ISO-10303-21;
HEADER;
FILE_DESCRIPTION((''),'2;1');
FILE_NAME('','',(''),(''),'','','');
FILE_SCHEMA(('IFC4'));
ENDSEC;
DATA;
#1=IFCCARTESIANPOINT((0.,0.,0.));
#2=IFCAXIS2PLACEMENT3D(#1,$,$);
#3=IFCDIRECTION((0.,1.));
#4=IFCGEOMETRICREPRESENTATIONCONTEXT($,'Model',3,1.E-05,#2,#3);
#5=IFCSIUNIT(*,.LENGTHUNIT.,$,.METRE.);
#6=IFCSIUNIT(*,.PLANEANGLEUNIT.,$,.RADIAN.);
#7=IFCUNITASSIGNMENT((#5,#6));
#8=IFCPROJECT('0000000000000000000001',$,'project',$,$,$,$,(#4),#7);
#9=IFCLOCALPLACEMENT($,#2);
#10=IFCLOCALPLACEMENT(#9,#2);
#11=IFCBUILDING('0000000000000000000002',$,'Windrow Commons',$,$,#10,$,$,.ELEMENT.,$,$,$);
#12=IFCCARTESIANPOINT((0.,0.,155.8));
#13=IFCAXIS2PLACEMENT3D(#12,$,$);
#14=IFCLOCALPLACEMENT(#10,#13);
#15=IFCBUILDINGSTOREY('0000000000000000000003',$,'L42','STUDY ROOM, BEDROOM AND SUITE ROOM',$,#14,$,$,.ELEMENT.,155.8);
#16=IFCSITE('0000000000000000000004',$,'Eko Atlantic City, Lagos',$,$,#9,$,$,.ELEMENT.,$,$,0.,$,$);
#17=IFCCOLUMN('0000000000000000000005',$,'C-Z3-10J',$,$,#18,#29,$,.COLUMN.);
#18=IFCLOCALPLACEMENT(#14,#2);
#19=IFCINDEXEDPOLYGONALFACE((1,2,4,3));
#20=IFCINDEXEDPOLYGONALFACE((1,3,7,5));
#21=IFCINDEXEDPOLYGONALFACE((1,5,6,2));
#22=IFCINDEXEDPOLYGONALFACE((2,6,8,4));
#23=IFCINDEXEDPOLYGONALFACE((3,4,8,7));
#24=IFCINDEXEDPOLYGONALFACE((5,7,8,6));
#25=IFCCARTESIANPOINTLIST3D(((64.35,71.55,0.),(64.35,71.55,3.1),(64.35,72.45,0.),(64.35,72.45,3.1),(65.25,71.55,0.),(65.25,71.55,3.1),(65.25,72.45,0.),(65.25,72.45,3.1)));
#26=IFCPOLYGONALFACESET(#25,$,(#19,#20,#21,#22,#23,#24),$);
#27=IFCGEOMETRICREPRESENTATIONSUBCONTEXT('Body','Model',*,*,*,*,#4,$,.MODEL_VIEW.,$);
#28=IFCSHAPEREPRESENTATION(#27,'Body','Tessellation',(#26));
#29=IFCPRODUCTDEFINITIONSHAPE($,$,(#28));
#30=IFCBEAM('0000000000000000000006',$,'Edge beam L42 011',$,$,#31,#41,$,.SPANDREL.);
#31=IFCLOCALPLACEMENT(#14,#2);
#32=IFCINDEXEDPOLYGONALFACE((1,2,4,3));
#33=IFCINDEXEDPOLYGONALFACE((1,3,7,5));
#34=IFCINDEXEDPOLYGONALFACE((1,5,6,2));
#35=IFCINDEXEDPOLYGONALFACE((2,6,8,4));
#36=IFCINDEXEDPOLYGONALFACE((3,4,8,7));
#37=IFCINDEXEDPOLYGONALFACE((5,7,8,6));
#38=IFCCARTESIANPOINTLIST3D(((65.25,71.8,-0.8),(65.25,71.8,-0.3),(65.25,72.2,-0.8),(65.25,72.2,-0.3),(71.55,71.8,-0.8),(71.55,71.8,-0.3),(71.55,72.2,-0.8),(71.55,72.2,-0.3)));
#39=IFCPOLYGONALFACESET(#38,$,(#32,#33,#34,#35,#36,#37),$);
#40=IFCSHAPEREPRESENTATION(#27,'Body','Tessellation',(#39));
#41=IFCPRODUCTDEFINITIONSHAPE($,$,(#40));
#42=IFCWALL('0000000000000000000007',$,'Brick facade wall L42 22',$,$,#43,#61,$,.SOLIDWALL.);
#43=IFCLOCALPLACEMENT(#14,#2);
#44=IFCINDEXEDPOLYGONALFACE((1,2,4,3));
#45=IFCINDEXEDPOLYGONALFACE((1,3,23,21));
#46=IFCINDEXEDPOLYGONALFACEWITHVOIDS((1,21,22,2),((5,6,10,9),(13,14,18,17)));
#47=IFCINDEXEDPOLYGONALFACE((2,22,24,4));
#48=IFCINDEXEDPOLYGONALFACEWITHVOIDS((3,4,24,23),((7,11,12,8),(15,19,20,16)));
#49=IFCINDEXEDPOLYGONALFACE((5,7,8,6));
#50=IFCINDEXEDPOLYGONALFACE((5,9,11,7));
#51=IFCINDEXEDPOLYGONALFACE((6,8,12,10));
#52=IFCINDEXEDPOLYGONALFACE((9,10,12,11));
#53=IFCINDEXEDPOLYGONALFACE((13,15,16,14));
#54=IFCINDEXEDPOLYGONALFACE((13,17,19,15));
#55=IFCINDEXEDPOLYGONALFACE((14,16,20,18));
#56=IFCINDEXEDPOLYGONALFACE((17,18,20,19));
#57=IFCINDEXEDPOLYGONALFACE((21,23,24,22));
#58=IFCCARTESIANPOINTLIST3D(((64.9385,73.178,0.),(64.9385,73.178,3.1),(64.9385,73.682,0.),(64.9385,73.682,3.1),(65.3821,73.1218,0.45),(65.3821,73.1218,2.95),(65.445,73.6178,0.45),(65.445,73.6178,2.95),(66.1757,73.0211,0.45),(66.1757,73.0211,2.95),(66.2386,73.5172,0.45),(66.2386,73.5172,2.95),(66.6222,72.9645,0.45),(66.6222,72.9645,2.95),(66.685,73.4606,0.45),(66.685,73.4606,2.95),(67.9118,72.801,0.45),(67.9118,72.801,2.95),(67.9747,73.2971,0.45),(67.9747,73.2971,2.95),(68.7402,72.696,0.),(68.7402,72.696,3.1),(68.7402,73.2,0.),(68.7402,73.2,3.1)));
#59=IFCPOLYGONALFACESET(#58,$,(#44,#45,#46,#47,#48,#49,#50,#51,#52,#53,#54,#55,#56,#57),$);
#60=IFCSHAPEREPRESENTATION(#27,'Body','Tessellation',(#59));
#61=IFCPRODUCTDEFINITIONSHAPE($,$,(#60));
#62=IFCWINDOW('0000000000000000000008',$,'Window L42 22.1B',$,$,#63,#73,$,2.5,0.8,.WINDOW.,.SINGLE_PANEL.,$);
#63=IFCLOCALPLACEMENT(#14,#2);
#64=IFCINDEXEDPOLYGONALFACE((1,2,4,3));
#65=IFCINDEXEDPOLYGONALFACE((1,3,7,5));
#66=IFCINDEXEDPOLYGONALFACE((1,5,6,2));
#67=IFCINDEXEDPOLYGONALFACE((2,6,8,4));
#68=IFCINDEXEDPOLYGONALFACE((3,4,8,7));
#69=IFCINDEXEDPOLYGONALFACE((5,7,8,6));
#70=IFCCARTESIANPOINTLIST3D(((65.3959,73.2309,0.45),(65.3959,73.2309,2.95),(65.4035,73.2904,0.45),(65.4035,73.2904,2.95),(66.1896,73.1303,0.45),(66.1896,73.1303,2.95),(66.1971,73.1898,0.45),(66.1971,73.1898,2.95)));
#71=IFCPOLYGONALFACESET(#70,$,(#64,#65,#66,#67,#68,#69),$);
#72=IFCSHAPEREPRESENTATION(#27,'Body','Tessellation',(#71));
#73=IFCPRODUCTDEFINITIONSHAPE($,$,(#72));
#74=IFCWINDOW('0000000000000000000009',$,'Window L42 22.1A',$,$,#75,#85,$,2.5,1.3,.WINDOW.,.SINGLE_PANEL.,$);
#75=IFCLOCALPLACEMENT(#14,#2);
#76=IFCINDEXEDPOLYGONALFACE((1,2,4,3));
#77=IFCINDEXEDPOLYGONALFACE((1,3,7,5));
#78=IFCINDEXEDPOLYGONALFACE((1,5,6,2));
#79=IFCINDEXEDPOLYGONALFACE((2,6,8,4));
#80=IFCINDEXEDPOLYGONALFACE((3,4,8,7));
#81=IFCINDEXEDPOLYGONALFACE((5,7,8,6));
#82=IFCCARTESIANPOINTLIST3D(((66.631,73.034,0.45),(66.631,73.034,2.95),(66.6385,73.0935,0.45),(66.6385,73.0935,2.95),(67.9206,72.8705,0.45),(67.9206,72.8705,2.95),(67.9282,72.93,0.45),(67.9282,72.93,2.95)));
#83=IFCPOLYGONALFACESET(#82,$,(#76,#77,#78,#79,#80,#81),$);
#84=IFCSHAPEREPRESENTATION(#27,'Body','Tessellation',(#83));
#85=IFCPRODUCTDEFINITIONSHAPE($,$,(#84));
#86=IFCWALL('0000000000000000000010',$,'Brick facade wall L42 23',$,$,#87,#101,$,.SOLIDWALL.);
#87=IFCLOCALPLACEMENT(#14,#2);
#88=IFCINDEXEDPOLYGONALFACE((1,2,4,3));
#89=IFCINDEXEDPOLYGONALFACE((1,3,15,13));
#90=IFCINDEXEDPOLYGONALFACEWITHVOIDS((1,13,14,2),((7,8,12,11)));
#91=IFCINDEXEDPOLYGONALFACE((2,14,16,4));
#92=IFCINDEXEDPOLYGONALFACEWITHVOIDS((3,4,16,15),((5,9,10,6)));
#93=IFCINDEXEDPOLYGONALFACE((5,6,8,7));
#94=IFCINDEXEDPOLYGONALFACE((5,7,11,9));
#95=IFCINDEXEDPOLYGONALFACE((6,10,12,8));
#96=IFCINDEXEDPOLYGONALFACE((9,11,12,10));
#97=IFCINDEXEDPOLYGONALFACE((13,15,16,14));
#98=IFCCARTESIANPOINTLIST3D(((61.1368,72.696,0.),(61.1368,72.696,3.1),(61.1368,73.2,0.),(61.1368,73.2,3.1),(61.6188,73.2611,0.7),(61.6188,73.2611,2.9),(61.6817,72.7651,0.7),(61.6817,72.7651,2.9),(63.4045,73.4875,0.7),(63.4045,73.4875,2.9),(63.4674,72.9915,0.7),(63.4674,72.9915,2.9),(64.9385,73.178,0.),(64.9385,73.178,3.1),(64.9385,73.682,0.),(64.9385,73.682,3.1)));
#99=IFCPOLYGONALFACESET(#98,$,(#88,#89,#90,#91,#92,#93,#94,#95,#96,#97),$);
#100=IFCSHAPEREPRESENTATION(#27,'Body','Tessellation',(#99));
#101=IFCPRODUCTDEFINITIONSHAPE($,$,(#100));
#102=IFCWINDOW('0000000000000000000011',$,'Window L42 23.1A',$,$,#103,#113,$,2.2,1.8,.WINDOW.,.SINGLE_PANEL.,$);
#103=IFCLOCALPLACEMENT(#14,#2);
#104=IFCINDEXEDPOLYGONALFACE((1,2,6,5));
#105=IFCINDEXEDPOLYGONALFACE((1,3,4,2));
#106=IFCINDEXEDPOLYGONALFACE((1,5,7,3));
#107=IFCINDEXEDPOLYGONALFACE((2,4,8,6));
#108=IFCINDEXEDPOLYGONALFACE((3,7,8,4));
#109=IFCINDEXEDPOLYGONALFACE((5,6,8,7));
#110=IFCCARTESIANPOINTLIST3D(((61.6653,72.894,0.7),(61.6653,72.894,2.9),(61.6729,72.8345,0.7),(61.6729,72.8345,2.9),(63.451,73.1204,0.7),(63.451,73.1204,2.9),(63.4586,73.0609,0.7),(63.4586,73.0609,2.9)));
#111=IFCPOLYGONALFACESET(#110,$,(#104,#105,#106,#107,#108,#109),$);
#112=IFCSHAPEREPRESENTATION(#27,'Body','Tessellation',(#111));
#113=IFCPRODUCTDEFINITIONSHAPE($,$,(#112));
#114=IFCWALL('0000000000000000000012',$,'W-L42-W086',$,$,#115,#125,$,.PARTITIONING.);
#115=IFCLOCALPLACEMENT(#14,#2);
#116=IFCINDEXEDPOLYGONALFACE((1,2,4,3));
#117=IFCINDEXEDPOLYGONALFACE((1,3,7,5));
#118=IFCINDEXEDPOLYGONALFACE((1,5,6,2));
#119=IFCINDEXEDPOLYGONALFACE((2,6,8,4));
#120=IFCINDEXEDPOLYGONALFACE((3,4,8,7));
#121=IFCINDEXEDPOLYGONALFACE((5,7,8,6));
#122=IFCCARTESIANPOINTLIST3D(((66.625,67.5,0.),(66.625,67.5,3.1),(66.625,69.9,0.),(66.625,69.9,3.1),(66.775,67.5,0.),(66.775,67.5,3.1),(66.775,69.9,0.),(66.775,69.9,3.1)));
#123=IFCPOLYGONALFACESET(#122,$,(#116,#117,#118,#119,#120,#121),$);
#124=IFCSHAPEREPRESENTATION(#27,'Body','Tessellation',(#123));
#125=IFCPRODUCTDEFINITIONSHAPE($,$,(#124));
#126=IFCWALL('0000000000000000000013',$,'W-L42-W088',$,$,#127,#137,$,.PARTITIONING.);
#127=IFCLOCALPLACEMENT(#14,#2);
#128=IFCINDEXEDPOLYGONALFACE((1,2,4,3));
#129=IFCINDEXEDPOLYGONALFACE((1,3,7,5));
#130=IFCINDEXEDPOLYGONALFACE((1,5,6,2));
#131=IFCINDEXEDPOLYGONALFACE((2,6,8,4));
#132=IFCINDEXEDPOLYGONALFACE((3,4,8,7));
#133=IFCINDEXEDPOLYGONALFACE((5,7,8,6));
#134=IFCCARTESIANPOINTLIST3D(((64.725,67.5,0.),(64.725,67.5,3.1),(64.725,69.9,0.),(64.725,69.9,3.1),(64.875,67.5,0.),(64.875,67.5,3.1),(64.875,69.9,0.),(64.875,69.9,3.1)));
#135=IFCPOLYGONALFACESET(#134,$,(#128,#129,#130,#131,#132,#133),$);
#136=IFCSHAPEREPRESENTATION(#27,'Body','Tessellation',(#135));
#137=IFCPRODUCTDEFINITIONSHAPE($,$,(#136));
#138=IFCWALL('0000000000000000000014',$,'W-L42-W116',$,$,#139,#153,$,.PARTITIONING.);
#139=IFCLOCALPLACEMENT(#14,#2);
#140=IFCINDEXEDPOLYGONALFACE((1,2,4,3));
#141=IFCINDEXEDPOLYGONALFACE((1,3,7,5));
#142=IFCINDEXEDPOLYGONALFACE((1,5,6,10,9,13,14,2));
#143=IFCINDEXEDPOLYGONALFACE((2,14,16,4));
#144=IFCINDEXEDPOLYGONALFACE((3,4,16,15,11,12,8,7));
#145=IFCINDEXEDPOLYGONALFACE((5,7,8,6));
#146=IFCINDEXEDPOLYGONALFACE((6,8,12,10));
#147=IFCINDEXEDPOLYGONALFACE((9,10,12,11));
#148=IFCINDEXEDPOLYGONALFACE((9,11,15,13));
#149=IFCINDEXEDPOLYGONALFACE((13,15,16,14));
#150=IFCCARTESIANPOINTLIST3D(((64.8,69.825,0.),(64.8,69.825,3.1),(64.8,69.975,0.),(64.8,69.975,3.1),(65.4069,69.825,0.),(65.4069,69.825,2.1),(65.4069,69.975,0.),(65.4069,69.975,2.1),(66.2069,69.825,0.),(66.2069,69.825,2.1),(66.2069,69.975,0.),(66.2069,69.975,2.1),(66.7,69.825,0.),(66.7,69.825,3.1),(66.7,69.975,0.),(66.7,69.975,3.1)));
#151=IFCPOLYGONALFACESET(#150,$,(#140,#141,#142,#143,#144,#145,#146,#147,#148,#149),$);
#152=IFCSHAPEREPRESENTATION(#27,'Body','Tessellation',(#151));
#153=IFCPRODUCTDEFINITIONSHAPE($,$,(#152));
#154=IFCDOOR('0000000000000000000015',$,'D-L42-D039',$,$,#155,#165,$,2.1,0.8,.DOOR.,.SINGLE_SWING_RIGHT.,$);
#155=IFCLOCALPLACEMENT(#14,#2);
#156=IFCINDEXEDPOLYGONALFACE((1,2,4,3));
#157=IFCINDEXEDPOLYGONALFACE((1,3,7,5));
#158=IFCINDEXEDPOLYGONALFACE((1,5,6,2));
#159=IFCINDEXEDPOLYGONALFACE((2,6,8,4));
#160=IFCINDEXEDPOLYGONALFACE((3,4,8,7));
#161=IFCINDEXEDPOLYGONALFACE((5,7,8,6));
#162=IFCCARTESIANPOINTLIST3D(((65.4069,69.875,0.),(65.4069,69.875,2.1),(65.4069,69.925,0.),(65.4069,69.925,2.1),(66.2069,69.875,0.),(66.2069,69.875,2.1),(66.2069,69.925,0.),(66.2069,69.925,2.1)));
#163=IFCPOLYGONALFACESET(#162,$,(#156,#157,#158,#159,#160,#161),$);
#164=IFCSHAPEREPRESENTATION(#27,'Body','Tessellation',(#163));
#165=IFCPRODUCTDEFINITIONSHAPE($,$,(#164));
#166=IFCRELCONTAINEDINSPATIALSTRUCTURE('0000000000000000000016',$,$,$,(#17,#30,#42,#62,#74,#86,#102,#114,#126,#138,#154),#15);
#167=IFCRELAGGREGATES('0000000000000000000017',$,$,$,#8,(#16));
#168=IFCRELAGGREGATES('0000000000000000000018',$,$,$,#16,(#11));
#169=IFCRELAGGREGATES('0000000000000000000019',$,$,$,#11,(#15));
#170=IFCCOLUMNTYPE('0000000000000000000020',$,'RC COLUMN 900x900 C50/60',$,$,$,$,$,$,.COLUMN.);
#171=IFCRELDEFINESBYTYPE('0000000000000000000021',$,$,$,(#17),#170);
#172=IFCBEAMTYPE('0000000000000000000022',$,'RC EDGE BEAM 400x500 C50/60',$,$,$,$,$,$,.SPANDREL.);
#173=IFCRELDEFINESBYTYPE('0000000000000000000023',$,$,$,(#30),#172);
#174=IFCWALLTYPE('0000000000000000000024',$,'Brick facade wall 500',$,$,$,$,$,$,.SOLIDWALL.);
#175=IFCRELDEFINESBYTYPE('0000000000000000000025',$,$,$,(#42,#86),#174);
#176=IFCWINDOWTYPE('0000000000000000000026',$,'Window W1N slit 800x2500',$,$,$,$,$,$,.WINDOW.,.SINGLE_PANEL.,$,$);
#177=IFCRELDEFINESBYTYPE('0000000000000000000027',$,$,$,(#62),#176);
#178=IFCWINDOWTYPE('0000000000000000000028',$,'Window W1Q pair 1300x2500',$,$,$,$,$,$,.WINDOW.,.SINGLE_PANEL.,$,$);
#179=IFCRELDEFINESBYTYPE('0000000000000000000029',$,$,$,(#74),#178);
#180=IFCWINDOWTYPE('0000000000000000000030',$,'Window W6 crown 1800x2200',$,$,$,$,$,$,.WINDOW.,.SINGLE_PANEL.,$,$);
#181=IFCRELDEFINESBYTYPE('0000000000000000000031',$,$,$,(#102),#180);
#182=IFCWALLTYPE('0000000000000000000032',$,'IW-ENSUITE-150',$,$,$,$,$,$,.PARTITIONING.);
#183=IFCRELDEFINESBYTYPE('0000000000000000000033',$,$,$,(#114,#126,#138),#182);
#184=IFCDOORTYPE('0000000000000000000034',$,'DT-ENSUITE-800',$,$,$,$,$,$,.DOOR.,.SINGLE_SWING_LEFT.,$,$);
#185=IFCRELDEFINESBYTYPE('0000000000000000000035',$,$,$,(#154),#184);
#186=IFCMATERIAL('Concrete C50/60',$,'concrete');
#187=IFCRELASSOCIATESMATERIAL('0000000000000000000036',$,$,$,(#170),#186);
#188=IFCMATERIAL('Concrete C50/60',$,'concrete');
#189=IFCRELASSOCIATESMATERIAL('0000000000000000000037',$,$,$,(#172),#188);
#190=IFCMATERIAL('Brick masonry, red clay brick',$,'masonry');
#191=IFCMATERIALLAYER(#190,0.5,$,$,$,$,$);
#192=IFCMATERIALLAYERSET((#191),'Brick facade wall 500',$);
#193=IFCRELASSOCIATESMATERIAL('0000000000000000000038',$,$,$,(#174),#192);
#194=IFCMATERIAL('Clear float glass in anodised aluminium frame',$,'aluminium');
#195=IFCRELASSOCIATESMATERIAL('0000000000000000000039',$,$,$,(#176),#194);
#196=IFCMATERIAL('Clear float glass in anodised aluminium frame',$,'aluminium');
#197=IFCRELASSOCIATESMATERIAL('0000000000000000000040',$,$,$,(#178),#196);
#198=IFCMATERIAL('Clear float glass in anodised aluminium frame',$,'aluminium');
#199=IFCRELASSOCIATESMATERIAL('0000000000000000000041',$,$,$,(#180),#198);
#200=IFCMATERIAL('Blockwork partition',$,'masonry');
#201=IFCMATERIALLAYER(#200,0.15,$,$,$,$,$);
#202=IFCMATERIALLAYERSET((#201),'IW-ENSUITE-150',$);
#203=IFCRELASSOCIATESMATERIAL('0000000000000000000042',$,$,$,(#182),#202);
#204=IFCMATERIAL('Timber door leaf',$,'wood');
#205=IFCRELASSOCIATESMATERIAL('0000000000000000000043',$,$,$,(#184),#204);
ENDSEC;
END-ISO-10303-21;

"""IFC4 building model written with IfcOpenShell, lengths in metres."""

from ifc_helpers import new_model, si_unit, direction, frame, frame_2d, origin, origin_2d, place, context, subcontext, project, spatial, polyline, rectangle, outline, extrude, material, layer, layer_set, material_profile, profile_set, type_object, element, fill, save


model = new_model("IFC4")

# Units and contexts
model_context = context("Model", 3, precision=1e-05, world=origin(), true_north=direction((0.0, 1.0)))
body_context = subcontext(model_context, "Body", "Model", "MODEL_VIEW")
ifc_project = project(units=[si_unit("LENGTHUNIT", "METRE"), si_unit("PLANEANGLEUNIT", "RADIAN")], contexts=[model_context])

# Site, building, storey
site_placement = place(None, origin())
site = spatial("IfcSite", under=ifc_project, at=site_placement, Name="Eko Atlantic City, Lagos", CompositionType="ELEMENT", RefElevation=0.0)
building_placement = place(site_placement, origin())
building = spatial("IfcBuilding", under=site, at=building_placement, Name="Windrow Commons", CompositionType="ELEMENT")
storey_placement = place(building_placement, frame((0.0, 0.0, 155.8)))
storey = spatial("IfcBuildingStorey", under=building, at=storey_placement, Name="L42", Description="STUDY ROOM, BEDROOM AND SUITE ROOM", CompositionType="ELEMENT", Elevation=155.8)

# Column
ifc_material_1 = material(Name="Concrete C50/60", Category="concrete")
ifc_material_profile_1 = material_profile(ifc_material_1, rectangle(XDim=0.9, YDim=0.9, at=origin_2d()))
ifc_profile_set_1 = profile_set([ifc_material_profile_1], Name="Concrete C50/60")
column_type = type_object("IfcColumnType", Name="RC COLUMN 900x900 C50/60", PredefinedType="COLUMN", material=ifc_profile_set_1)
column_placement = place(storey_placement, frame((64.8, 72.0, 0.0), z_axis=(0.0, 0.0, 1.0), x_axis=(1.0, 0.0, 0.0)))
element("IfcColumn", 1, at=column_placement, inside=storey, type_object=column_type, Name="C-Z3-10J", PredefinedType="COLUMN", context=body_context, shape_type="SweptSolid", body=[
    extrude(rectangle(XDim=0.9, YDim=0.9, at=origin_2d()), origin(), (0.0, 0.0, 1.0), 3.1),
])

# Beam
ifc_material_2 = material(Name="Concrete C50/60", Category="concrete")
ifc_material_profile_2 = material_profile(ifc_material_2, rectangle(XDim=0.4, YDim=0.5, at=origin_2d()))
ifc_profile_set_2 = profile_set([ifc_material_profile_2], Name="Concrete C50/60")
beam_type = type_object("IfcBeamType", Name="RC EDGE BEAM 400x500 C50/60", PredefinedType="SPANDREL", material=ifc_profile_set_2)
beam_placement = place(storey_placement, frame((65.25, 72.0, -0.55), z_axis=(1.0, 0.0, 0.0), x_axis=(0.0, 1.0, 0.0)))
element("IfcBeam", 2, at=beam_placement, inside=storey, type_object=beam_type, Name="Edge beam L42 011", PredefinedType="SPANDREL", context=body_context, shape_type="SweptSolid", body=[
    extrude(rectangle(XDim=0.4, YDim=0.5, at=origin_2d()), origin(), (0.0, 0.0, 1.0), 6.3),
])

# Wall, openings, windows
ifc_material_3 = material(Name="Brick masonry, red clay brick", Category="masonry")
ifc_layer_1 = layer(ifc_material_3, 0.5)
ifc_layer_set_1 = layer_set([ifc_layer_1], Name="Brick facade wall 500")
wall_type_1 = type_object("IfcWallType", Name="Brick facade wall 500", PredefinedType="SOLIDWALL", material=ifc_layer_set_1)
wall_1_placement = place(storey_placement, frame((68.7402, 72.948, 0.0), z_axis=(0.0, 0.0, 1.0), x_axis=(-0.992058, 0.125779, 0.0)))
wall_1 = element("IfcWall", 3, at=wall_1_placement, inside=storey, type_object=wall_type_1, Name="Brick facade wall L42 22", PredefinedType="SOLIDWALL", context=body_context, shape_type="SweptSolid", body=[
    extrude(outline(polyline([(0.0317, -0.25), (3.8638, -0.25), (3.8004, 0.25), (-0.0317, 0.25), (0.0317, -0.25)])), origin(), (0.0, 0.0, 1.0), 3.1),
])
opening_1_placement = place(wall_1_placement, frame((0.8033, 0.0, 0.45)))
opening_1 = element("IfcOpeningElement", 4, at=opening_1_placement, cuts=wall_1, PredefinedType="OPENING", context=body_context, shape_type="SweptSolid", body=[
    extrude(rectangle(XDim=1.3, YDim=2.5, at=frame_2d((0.65, 1.25))), frame((0.0, 0.26, 0.0), z_axis=(0.0, -1.0, 0.0), x_axis=(1.0, 0.0, 0.0)), (0.0, 0.0, 1.0), 0.52),
])
opening_2_placement = place(wall_1_placement, frame((2.5533, 0.0, 0.45)))
opening_2 = element("IfcOpeningElement", 5, at=opening_2_placement, cuts=wall_1, PredefinedType="OPENING", context=body_context, shape_type="SweptSolid", body=[
    extrude(rectangle(XDim=0.8, YDim=2.5, at=frame_2d((0.4, 1.25))), frame((0.0, 0.26, 0.0), z_axis=(0.0, -1.0, 0.0), x_axis=(1.0, 0.0, 0.0)), (0.0, 0.0, 1.0), 0.52),
])
ifc_material_4 = material(Name="Clear float glass in anodised aluminium frame", Category="aluminium")
window_type_1 = type_object("IfcWindowType", Name="Window W1N slit 800x2500", PartitioningType="SINGLE_PANEL", PredefinedType="WINDOW", material=ifc_material_4)
window_1_placement = place(opening_2_placement, origin())
window_1 = element("IfcWindow", 6, at=window_1_placement, inside=storey, type_object=window_type_1, Name="Window L42 22.1B", OverallHeight=2.5, OverallWidth=0.8, PartitioningType="SINGLE_PANEL", PredefinedType="WINDOW", context=body_context, shape_type="SweptSolid", body=[
    extrude(rectangle(XDim=0.8, YDim=2.5, at=frame_2d((0.4, 1.25))), frame((0.0, 0.14, 0.0), z_axis=(0.0, -1.0, 0.0), x_axis=(1.0, 0.0, 0.0)), (0.0, 0.0, 1.0), 0.06),
])
fill(opening_2, window_1)
ifc_material_5 = material(Name="Clear float glass in anodised aluminium frame", Category="aluminium")
window_type_2 = type_object("IfcWindowType", Name="Window W1Q pair 1300x2500", PartitioningType="SINGLE_PANEL", PredefinedType="WINDOW", material=ifc_material_5)
window_2_placement = place(opening_1_placement, origin())
window_2 = element("IfcWindow", 7, at=window_2_placement, inside=storey, type_object=window_type_2, Name="Window L42 22.1A", OverallHeight=2.5, OverallWidth=1.3, PartitioningType="SINGLE_PANEL", PredefinedType="WINDOW", context=body_context, shape_type="SweptSolid", body=[
    extrude(rectangle(XDim=1.3, YDim=2.5, at=frame_2d((0.65, 1.25))), frame((0.0, 0.18, 0.0), z_axis=(0.0, -1.0, 0.0), x_axis=(1.0, 0.0, 0.0)), (0.0, 0.0, 1.0), 0.06),
])
fill(opening_1, window_2)

# Wall, opening, window
wall_2_placement = place(storey_placement, frame((64.9385, 73.43, 0.0), z_axis=(0.0, 0.0, 1.0), x_axis=(-0.992058, -0.125779, 0.0)))
wall_2 = element("IfcWall", 8, at=wall_2_placement, inside=storey, type_object=wall_type_1, Name="Brick facade wall L42 23", PredefinedType="SOLIDWALL", context=body_context, shape_type="SweptSolid", body=[
    extrude(outline(polyline([(-0.0317, -0.25), (3.8004, -0.25), (3.8638, 0.25), (0.0317, 0.25), (-0.0317, -0.25)])), origin(), (0.0, 0.0, 1.0), 3.1),
])
opening_3_placement = place(wall_2_placement, frame((1.5146, 0.0, 0.7)))
opening_3 = element("IfcOpeningElement", 9, at=opening_3_placement, cuts=wall_2, PredefinedType="OPENING", context=body_context, shape_type="SweptSolid", body=[
    extrude(rectangle(XDim=1.8, YDim=2.2, at=frame_2d((0.9, 1.1))), frame((0.0, 0.26, 0.0), z_axis=(0.0, -1.0, 0.0), x_axis=(1.0, 0.0, 0.0)), (0.0, 0.0, 1.0), 0.52),
])
ifc_material_6 = material(Name="Clear float glass in anodised aluminium frame", Category="aluminium")
window_type_3 = type_object("IfcWindowType", Name="Window W6 crown 1800x2200", PartitioningType="SINGLE_PANEL", PredefinedType="WINDOW", material=ifc_material_6)
window_3_placement = place(opening_3_placement, origin())
window_3 = element("IfcWindow", 10, at=window_3_placement, inside=storey, type_object=window_type_3, Name="Window L42 23.1A", OverallHeight=2.2, OverallWidth=1.8, PartitioningType="SINGLE_PANEL", PredefinedType="WINDOW", context=body_context, shape_type="SweptSolid", body=[
    extrude(rectangle(XDim=1.8, YDim=2.2, at=frame_2d((0.9, 1.1))), frame((0.0, 0.18, 0.0), z_axis=(0.0, -1.0, 0.0), x_axis=(1.0, 0.0, 0.0)), (0.0, 0.0, 1.0), 0.06),
])
fill(opening_3, window_3)

# Walls
ifc_material_7 = material(Name="Blockwork partition", Category="masonry")
ifc_layer_2 = layer(ifc_material_7, 0.15)
ifc_layer_set_2 = layer_set([ifc_layer_2], Name="IW-ENSUITE-150")
wall_type_2 = type_object("IfcWallType", Name="IW-ENSUITE-150", PredefinedType="PARTITIONING", material=ifc_layer_set_2)
for number, where, z_axis, x_axis, name in (
    (11, (66.7, 67.5, 0.0), (0.0, 0.0, 1.0), (0.0, 1.0, 0.0), "W-L42-W086"),
    (12, (64.8, 67.5, 0.0), (0.0, 0.0, 1.0), (0.0, 1.0, 0.0), "W-L42-W088"),
):
    element("IfcWall", number, at=place(storey_placement, frame(where, z_axis=z_axis, x_axis=x_axis)), inside=storey, type_object=wall_type_2, Name=name, PredefinedType="PARTITIONING", context=body_context, shape_type="SweptSolid", body=[
        extrude(rectangle(XDim=2.4, YDim=0.15, at=frame_2d((1.2, 0.0))), origin(), (0.0, 0.0, 1.0), 3.1),
    ])

# Wall, opening, door
wall_3_placement = place(storey_placement, frame((64.8, 69.9, 0.0), z_axis=(0.0, 0.0, 1.0), x_axis=(1.0, 0.0, 0.0)))
wall_3 = element("IfcWall", 13, at=wall_3_placement, inside=storey, type_object=wall_type_2, Name="W-L42-W116", PredefinedType="PARTITIONING", context=body_context, shape_type="SweptSolid", body=[
    extrude(rectangle(XDim=1.9, YDim=0.15, at=frame_2d((0.95, 0.0))), origin(), (0.0, 0.0, 1.0), 3.1),
])
opening_4_placement = place(wall_3_placement, frame((0.6069, 0.0, 0.0)))
opening_4 = element("IfcOpeningElement", 14, at=opening_4_placement, cuts=wall_3, PredefinedType="OPENING", context=body_context, shape_type="SweptSolid", body=[
    extrude(rectangle(XDim=0.8, YDim=2.1, at=frame_2d((0.4, 1.05))), frame((0.0, 0.085, 0.0), z_axis=(0.0, -1.0, 0.0), x_axis=(1.0, 0.0, 0.0)), (0.0, 0.0, 1.0), 0.17),
])
ifc_material_8 = material(Name="Timber door leaf", Category="wood")
door_type = type_object("IfcDoorType", Name="DT-ENSUITE-800", OperationType="SINGLE_SWING_LEFT", PredefinedType="DOOR", material=ifc_material_8)
door_placement = place(opening_4_placement, origin())
door = element("IfcDoor", 15, at=door_placement, inside=storey, type_object=door_type, Name="D-L42-D039", OperationType="SINGLE_SWING_RIGHT", OverallHeight=2.1, OverallWidth=0.8, PredefinedType="DOOR", context=body_context, shape_type="SweptSolid", body=[
    extrude(rectangle(XDim=0.8, YDim=2.1, at=frame_2d((0.4, 1.05))), frame((0.0, 0.025, 0.0), z_axis=(0.0, -1.0, 0.0), x_axis=(1.0, 0.0, 0.0)), (0.0, 0.0, 1.0), 0.05),
])
fill(opening_4, door)

save(model, "model.ifc")
